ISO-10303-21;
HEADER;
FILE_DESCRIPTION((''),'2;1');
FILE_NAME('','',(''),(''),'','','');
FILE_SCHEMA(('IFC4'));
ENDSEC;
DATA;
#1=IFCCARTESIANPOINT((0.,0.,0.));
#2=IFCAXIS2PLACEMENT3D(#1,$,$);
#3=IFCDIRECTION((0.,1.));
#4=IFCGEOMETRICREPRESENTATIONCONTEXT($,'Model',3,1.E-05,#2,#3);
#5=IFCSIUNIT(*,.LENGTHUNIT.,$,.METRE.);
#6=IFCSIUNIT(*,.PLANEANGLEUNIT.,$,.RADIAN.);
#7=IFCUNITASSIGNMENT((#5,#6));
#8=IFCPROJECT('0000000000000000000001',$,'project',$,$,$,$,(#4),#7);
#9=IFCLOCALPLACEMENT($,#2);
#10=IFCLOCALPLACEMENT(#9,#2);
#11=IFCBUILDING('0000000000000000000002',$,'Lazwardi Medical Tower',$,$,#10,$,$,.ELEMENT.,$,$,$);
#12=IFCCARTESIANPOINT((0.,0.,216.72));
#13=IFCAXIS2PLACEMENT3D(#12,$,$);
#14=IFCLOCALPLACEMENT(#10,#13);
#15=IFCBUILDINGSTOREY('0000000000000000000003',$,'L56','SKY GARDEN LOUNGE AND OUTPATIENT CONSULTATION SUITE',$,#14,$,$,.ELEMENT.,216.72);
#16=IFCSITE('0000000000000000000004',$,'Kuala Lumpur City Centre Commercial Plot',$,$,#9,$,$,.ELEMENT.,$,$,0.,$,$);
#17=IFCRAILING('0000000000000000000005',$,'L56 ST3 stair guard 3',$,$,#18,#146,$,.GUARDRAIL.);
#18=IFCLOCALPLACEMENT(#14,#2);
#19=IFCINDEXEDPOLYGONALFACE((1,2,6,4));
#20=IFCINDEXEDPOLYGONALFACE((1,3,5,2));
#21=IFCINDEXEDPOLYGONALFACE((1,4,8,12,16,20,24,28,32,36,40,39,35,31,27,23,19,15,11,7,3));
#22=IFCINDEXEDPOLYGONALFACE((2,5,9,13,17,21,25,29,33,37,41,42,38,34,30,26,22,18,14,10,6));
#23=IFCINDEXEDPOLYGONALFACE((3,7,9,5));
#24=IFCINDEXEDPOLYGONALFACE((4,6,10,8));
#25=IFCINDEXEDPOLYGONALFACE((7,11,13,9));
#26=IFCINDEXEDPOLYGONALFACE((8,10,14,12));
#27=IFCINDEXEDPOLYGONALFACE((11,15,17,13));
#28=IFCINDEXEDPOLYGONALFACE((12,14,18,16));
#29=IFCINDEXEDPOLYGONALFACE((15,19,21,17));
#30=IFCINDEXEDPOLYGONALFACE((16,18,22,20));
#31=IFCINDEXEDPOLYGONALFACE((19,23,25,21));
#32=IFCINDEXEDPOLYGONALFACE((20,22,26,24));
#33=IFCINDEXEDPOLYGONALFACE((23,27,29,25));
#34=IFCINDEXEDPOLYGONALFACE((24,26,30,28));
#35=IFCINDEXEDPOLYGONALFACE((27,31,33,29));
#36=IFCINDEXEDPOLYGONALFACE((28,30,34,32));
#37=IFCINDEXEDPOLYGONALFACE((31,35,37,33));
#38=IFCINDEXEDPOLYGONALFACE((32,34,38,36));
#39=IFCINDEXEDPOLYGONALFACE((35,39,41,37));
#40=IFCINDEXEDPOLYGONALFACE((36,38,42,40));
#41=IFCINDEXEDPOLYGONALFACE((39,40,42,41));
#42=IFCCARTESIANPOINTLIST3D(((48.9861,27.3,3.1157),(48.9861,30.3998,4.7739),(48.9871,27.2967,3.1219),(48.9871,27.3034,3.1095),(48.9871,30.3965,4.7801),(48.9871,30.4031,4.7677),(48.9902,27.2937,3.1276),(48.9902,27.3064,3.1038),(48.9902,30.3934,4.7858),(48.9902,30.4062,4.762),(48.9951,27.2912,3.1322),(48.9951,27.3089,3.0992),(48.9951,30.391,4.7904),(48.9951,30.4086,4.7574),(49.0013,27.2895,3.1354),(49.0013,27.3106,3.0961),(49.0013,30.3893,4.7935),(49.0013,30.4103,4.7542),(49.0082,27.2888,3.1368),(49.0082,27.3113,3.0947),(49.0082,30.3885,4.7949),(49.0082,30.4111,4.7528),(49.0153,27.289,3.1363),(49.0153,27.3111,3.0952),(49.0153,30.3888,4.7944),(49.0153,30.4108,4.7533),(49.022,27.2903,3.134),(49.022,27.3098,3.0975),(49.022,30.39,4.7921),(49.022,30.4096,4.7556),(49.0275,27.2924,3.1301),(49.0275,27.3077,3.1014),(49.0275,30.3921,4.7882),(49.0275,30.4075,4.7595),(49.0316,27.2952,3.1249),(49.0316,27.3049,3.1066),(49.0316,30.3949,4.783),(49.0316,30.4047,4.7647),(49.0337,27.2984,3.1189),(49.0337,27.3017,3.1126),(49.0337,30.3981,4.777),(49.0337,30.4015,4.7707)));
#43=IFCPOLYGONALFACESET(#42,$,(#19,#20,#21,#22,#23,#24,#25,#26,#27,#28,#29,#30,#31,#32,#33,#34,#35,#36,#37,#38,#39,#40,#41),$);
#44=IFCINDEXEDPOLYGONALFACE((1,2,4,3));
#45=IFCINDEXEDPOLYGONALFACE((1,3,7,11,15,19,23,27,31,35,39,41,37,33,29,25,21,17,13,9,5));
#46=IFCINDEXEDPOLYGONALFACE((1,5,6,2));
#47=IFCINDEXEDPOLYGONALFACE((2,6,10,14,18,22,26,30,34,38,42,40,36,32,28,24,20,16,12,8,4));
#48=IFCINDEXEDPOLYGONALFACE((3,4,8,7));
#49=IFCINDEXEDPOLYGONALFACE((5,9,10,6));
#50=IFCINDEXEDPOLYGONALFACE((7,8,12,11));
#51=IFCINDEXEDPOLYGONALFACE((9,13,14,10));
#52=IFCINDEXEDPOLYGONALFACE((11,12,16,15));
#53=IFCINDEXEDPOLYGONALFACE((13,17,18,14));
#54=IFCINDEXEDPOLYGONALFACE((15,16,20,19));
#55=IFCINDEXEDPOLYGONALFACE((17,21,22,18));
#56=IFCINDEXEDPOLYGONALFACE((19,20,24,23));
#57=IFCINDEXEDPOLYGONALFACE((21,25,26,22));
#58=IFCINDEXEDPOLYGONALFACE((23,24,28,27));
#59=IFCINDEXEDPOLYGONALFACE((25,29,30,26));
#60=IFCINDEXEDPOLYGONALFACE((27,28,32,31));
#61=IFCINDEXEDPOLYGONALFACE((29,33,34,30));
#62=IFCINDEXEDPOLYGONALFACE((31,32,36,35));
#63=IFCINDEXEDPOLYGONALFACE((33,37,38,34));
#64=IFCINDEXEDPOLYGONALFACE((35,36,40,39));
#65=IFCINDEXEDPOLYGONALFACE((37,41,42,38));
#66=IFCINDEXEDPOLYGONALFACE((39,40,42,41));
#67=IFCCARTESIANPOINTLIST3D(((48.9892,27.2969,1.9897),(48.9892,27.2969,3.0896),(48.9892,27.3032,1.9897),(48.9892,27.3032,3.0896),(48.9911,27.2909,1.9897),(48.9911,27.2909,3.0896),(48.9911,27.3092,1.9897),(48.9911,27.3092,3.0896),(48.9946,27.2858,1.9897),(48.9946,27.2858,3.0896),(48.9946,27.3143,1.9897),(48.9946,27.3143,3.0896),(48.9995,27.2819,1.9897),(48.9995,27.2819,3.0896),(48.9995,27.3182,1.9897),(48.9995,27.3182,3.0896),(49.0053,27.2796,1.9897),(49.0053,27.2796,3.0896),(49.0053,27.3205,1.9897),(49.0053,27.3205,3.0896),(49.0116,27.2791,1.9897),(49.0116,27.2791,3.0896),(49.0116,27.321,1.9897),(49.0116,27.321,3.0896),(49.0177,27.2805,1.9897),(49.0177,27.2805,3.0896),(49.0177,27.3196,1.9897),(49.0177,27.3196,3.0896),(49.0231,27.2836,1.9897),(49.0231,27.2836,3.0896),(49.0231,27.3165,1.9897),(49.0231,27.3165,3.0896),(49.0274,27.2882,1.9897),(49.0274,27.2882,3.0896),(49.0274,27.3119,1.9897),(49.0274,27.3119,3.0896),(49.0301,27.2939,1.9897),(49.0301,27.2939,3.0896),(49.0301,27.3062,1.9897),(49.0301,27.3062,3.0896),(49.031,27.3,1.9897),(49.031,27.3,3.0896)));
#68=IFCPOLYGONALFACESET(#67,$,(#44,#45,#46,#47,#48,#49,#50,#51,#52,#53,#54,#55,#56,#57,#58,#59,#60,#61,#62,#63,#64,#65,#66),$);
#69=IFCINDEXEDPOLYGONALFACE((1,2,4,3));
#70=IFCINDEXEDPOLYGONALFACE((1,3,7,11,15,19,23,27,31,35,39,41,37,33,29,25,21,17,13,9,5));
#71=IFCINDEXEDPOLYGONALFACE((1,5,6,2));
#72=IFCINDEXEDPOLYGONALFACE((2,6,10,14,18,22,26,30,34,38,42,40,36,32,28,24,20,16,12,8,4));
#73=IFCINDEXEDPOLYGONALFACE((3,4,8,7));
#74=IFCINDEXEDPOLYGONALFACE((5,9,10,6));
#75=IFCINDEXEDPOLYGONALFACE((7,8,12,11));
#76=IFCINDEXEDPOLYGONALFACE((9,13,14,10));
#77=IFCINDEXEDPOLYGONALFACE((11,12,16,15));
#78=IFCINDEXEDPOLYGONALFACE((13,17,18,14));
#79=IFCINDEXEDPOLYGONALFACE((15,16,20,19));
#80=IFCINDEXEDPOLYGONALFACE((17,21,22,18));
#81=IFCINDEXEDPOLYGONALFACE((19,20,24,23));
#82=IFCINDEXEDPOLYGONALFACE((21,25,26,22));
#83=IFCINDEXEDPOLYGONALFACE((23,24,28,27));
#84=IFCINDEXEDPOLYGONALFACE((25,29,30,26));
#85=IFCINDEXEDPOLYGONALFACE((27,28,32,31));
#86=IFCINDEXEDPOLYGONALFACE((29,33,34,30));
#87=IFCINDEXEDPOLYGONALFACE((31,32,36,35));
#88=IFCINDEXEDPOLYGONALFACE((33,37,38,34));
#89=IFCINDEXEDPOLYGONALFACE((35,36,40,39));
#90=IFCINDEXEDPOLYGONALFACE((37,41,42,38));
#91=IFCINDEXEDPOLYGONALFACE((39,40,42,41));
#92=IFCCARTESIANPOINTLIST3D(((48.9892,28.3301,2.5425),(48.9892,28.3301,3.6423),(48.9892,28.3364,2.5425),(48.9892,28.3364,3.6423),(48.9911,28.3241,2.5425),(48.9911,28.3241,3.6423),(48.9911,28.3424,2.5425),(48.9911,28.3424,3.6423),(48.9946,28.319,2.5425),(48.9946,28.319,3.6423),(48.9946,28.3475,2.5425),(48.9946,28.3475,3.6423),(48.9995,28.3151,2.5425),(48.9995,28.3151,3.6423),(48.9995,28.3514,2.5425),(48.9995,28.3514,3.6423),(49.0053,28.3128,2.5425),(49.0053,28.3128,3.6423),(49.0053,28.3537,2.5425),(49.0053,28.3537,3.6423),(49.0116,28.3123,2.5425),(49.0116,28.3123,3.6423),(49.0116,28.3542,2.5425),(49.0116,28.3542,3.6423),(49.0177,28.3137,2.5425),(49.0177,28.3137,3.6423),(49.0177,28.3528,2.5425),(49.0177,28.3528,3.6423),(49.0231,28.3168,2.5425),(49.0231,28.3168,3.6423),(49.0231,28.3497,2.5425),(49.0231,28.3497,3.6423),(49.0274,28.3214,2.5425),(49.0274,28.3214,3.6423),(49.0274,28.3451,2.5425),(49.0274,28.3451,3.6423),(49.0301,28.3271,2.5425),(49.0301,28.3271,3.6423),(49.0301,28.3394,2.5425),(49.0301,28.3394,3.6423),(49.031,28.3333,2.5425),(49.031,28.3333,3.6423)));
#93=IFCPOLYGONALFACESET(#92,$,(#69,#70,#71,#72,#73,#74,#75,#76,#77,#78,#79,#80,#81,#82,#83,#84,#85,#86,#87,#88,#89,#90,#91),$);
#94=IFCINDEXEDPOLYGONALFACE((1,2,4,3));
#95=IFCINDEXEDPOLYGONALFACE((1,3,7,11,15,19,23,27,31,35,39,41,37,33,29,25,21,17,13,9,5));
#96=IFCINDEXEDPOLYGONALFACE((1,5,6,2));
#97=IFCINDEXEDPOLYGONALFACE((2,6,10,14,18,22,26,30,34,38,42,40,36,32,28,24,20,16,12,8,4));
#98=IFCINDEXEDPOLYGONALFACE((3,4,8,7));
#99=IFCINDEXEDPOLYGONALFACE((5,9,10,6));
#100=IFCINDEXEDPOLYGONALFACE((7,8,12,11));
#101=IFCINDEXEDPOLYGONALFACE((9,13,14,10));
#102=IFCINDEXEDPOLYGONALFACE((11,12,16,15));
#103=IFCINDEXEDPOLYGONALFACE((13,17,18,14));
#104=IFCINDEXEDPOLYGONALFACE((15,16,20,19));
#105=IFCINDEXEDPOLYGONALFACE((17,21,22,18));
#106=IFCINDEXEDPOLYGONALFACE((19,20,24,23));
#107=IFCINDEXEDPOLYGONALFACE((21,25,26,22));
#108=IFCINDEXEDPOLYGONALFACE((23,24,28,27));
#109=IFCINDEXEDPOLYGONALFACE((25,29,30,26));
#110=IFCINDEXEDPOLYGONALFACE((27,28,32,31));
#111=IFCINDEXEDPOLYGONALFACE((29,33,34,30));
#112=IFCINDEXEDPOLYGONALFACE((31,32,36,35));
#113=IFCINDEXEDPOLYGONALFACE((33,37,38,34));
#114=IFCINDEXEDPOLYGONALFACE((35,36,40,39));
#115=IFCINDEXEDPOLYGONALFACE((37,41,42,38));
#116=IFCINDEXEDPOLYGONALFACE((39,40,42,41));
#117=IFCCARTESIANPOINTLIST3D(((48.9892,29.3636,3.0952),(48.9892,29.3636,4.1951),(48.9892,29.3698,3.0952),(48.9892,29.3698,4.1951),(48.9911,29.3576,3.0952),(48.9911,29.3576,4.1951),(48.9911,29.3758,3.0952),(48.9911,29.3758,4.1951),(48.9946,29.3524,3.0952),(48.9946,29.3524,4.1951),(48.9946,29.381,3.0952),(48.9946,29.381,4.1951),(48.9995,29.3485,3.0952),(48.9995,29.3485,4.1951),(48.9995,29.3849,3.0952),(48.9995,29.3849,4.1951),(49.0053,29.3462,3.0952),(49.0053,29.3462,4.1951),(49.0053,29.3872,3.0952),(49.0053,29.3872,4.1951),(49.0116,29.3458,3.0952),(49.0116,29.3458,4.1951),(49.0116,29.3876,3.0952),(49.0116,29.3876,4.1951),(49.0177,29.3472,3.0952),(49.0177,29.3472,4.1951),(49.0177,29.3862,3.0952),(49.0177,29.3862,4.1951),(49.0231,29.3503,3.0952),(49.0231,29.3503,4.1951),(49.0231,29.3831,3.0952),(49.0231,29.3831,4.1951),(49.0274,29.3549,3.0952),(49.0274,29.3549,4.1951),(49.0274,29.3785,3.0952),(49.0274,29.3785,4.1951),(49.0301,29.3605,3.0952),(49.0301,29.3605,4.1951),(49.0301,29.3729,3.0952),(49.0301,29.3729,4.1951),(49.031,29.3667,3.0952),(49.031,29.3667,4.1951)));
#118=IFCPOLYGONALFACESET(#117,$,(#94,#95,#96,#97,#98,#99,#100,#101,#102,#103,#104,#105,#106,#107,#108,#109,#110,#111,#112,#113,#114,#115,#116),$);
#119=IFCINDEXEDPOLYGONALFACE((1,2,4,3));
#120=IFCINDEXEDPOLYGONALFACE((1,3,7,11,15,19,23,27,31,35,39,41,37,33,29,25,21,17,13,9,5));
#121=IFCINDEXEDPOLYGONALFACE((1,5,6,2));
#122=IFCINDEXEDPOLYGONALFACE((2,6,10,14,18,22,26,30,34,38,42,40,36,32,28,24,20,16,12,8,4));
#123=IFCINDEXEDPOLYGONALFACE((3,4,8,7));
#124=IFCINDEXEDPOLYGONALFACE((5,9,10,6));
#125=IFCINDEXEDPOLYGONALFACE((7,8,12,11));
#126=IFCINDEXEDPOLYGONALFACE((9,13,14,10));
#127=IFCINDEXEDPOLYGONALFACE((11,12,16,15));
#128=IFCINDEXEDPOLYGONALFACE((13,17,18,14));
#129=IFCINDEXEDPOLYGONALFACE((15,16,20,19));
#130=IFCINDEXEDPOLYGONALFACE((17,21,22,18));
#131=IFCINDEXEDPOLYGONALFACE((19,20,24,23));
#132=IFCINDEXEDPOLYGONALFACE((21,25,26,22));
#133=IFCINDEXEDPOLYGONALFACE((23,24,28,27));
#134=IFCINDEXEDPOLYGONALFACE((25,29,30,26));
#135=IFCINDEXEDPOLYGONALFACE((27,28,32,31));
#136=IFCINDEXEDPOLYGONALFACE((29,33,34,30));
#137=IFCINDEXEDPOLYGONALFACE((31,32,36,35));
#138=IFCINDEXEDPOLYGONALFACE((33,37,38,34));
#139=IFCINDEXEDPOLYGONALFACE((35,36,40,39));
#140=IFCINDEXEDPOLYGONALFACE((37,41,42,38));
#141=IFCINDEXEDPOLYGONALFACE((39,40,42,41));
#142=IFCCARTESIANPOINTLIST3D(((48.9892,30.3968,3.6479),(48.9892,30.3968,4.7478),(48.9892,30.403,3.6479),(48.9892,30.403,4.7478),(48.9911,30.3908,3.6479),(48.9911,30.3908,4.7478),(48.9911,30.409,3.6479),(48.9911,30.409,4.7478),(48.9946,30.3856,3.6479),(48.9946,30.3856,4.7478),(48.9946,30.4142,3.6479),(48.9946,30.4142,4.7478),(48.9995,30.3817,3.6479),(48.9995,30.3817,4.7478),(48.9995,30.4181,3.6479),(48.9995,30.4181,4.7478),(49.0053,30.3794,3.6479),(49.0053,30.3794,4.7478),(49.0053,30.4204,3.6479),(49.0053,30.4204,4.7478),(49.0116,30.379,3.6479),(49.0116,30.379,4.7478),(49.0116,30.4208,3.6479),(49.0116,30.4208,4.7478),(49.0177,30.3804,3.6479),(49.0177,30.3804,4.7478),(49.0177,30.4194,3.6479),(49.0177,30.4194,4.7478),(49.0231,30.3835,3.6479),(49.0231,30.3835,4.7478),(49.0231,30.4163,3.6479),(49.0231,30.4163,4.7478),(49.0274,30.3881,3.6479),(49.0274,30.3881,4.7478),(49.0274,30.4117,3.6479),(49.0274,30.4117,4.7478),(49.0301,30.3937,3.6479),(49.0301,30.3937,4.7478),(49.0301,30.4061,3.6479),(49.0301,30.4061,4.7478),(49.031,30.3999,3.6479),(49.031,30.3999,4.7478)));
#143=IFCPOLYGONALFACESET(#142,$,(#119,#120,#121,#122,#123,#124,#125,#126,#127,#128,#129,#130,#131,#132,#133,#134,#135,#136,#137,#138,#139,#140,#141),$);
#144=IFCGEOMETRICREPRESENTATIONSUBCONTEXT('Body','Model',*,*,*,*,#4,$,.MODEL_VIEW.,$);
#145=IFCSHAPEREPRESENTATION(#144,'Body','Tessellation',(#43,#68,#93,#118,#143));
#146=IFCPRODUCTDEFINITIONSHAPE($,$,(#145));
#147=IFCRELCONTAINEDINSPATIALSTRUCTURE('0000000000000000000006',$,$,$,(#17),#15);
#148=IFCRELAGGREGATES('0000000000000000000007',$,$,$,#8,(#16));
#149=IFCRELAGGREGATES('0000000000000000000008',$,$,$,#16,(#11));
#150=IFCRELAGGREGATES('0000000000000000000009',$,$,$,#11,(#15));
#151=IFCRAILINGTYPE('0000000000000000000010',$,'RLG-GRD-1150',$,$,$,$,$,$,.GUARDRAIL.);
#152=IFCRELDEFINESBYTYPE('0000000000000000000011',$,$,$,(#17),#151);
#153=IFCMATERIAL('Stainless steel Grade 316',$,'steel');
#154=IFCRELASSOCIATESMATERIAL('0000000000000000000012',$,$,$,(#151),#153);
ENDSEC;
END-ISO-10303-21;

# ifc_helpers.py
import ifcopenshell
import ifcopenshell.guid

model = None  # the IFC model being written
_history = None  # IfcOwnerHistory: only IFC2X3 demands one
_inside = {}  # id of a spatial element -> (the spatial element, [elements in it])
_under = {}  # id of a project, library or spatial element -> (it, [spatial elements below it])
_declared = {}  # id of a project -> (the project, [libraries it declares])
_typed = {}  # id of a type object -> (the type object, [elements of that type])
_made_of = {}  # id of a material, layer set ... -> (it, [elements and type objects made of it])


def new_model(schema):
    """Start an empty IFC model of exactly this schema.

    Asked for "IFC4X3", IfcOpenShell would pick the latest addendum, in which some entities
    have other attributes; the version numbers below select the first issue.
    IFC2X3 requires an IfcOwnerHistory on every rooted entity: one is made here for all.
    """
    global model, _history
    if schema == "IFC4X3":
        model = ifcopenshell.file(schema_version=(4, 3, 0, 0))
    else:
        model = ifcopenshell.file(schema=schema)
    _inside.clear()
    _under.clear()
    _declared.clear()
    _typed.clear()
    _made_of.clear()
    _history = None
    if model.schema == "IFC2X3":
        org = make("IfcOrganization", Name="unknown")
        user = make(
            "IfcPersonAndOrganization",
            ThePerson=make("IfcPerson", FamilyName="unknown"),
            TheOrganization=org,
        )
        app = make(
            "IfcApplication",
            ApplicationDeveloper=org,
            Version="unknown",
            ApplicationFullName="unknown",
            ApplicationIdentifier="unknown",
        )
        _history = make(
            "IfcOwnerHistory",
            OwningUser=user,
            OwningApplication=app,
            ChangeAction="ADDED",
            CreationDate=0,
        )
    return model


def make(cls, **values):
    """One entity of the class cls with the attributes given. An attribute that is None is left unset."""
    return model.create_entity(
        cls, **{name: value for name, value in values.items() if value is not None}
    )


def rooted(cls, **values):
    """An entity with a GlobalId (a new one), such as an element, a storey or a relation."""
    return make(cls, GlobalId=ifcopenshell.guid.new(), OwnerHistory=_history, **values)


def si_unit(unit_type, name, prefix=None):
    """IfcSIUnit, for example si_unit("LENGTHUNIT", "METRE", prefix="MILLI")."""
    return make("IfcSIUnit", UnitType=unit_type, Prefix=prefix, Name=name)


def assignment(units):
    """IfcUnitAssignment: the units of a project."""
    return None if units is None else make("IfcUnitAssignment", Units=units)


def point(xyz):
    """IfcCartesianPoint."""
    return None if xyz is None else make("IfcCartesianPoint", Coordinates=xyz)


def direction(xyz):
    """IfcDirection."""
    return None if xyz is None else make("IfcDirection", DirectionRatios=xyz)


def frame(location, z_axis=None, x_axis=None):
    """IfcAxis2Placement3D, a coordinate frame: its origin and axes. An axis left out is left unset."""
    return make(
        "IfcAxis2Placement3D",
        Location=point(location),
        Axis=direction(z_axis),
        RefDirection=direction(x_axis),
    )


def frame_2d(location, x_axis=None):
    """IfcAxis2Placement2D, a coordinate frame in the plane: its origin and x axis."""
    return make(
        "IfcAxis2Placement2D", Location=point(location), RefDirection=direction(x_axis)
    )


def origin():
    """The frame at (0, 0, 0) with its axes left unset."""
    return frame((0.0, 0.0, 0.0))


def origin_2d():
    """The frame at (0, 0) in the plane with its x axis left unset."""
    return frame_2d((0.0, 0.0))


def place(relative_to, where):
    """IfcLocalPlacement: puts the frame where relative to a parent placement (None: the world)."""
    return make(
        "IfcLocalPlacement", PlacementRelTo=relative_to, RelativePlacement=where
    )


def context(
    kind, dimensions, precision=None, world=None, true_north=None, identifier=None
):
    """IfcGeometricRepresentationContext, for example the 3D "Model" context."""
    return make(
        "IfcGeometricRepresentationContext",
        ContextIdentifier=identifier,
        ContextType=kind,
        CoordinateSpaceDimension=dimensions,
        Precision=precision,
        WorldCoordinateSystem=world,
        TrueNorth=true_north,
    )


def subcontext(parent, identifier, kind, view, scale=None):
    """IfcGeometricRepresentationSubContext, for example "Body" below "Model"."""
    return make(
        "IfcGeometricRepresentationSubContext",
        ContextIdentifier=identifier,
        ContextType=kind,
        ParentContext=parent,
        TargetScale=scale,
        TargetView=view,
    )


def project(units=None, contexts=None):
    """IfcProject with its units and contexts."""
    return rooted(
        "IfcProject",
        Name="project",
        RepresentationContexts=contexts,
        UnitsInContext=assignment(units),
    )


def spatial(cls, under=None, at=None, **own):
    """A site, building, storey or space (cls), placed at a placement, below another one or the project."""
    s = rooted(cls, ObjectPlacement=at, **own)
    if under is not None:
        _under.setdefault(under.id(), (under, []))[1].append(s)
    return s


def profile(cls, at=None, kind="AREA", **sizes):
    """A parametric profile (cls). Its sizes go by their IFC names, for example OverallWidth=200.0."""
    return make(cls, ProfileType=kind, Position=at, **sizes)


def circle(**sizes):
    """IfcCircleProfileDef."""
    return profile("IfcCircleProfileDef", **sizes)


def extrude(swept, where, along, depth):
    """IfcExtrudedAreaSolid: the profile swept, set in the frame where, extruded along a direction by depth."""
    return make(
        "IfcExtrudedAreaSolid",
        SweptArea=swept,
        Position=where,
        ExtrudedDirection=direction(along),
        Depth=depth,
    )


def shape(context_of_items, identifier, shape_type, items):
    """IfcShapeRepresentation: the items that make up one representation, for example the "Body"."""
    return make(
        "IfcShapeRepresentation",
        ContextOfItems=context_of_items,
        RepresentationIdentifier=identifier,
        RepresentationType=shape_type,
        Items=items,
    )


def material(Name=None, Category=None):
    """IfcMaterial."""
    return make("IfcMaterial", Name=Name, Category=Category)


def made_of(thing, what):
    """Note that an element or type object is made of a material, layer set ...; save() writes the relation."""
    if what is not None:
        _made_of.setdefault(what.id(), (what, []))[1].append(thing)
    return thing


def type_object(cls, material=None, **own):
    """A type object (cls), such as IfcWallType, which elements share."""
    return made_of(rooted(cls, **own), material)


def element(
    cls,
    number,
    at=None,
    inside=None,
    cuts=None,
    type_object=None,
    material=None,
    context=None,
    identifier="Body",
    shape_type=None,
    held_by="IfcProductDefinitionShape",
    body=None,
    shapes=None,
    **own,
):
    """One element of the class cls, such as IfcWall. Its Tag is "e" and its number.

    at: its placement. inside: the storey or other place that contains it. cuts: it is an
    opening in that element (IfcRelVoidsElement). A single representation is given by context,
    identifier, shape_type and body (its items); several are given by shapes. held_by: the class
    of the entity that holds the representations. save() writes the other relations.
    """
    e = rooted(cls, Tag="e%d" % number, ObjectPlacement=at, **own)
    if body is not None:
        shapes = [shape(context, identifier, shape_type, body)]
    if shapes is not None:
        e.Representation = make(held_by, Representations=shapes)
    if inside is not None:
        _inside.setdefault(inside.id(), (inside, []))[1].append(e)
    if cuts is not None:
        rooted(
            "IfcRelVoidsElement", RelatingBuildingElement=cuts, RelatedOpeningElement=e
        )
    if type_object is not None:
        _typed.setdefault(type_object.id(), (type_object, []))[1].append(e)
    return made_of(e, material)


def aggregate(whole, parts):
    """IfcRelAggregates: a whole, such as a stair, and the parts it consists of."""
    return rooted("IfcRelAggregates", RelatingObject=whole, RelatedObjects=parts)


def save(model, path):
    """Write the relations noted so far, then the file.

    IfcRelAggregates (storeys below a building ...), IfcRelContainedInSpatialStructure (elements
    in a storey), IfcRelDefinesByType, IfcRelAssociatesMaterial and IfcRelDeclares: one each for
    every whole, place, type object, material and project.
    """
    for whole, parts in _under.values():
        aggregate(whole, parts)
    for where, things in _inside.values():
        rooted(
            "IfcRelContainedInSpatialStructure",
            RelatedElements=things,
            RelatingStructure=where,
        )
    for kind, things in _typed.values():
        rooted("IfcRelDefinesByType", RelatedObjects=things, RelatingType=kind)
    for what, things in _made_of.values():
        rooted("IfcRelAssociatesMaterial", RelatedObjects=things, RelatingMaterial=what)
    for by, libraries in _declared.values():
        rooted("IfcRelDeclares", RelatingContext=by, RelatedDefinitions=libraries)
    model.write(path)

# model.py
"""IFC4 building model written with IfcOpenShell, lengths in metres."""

from ifc_helpers import new_model, si_unit, direction, frame, origin, origin_2d, place, context, subcontext, project, spatial, circle, extrude, material, type_object, element, save


model = new_model("IFC4")

# Units and contexts
model_context = context("Model", 3, precision=1e-05, world=origin(), true_north=direction((0.0, 1.0)))
body_context = subcontext(model_context, "Body", "Model", "MODEL_VIEW")
ifc_project = project(units=[si_unit("LENGTHUNIT", "METRE"), si_unit("PLANEANGLEUNIT", "RADIAN")], contexts=[model_context])

# Site, building, storey
site_placement = place(None, origin())
site = spatial("IfcSite", under=ifc_project, at=site_placement, Name="Kuala Lumpur City Centre Commercial Plot", CompositionType="ELEMENT", RefElevation=0.0)
building_placement = place(site_placement, origin())
building = spatial("IfcBuilding", under=site, at=building_placement, Name="Lazwardi Medical Tower", CompositionType="ELEMENT")
storey_placement = place(building_placement, frame((0.0, 0.0, 216.72)))
storey = spatial("IfcBuildingStorey", under=building, at=storey_placement, Name="L56", Description="SKY GARDEN LOUNGE AND OUTPATIENT CONSULTATION SUITE", CompositionType="ELEMENT", Elevation=216.72)

# Railing
ifc_material_1 = material(Name="Stainless steel Grade 316", Category="steel")
railing_type_1 = type_object("IfcRailingType", Name="RLG-GRD-1150", PredefinedType="GUARDRAIL", material=ifc_material_1)
railing_1_placement = place(storey_placement, frame((49.01, 27.3, 1.9897)))
element("IfcRailing", 1, at=railing_1_placement, inside=storey, type_object=railing_type_1, Name="L56 ST3 stair guard 3", PredefinedType="GUARDRAIL", context=body_context, shape_type="SweptSolid", body=[
    extrude(circle(Radius=0.0239, at=origin_2d()), frame((0.0, 0.0, 1.126), z_axis=(0.0, 0.881768, 0.471684), x_axis=(-1.0, 0.0, 0.0)), (0.0, 0.0, 1.0), 3.5154),
    extrude(circle(Radius=0.021, at=origin_2d()), origin(), (0.0, 0.0, 1.0), 1.0999),
    extrude(circle(Radius=0.021, at=origin_2d()), frame((0.0, 1.0332, 0.5527)), (0.0, 0.0, 1.0), 1.0999),
    extrude(circle(Radius=0.021, at=origin_2d()), frame((0.0, 2.0667, 1.1055)), (0.0, 0.0, 1.0), 1.0999),
    extrude(circle(Radius=0.021, at=origin_2d()), frame((0.0, 3.0999, 1.6582)), (0.0, 0.0, 1.0), 1.0999),
])

save(model, "model.ifc")
